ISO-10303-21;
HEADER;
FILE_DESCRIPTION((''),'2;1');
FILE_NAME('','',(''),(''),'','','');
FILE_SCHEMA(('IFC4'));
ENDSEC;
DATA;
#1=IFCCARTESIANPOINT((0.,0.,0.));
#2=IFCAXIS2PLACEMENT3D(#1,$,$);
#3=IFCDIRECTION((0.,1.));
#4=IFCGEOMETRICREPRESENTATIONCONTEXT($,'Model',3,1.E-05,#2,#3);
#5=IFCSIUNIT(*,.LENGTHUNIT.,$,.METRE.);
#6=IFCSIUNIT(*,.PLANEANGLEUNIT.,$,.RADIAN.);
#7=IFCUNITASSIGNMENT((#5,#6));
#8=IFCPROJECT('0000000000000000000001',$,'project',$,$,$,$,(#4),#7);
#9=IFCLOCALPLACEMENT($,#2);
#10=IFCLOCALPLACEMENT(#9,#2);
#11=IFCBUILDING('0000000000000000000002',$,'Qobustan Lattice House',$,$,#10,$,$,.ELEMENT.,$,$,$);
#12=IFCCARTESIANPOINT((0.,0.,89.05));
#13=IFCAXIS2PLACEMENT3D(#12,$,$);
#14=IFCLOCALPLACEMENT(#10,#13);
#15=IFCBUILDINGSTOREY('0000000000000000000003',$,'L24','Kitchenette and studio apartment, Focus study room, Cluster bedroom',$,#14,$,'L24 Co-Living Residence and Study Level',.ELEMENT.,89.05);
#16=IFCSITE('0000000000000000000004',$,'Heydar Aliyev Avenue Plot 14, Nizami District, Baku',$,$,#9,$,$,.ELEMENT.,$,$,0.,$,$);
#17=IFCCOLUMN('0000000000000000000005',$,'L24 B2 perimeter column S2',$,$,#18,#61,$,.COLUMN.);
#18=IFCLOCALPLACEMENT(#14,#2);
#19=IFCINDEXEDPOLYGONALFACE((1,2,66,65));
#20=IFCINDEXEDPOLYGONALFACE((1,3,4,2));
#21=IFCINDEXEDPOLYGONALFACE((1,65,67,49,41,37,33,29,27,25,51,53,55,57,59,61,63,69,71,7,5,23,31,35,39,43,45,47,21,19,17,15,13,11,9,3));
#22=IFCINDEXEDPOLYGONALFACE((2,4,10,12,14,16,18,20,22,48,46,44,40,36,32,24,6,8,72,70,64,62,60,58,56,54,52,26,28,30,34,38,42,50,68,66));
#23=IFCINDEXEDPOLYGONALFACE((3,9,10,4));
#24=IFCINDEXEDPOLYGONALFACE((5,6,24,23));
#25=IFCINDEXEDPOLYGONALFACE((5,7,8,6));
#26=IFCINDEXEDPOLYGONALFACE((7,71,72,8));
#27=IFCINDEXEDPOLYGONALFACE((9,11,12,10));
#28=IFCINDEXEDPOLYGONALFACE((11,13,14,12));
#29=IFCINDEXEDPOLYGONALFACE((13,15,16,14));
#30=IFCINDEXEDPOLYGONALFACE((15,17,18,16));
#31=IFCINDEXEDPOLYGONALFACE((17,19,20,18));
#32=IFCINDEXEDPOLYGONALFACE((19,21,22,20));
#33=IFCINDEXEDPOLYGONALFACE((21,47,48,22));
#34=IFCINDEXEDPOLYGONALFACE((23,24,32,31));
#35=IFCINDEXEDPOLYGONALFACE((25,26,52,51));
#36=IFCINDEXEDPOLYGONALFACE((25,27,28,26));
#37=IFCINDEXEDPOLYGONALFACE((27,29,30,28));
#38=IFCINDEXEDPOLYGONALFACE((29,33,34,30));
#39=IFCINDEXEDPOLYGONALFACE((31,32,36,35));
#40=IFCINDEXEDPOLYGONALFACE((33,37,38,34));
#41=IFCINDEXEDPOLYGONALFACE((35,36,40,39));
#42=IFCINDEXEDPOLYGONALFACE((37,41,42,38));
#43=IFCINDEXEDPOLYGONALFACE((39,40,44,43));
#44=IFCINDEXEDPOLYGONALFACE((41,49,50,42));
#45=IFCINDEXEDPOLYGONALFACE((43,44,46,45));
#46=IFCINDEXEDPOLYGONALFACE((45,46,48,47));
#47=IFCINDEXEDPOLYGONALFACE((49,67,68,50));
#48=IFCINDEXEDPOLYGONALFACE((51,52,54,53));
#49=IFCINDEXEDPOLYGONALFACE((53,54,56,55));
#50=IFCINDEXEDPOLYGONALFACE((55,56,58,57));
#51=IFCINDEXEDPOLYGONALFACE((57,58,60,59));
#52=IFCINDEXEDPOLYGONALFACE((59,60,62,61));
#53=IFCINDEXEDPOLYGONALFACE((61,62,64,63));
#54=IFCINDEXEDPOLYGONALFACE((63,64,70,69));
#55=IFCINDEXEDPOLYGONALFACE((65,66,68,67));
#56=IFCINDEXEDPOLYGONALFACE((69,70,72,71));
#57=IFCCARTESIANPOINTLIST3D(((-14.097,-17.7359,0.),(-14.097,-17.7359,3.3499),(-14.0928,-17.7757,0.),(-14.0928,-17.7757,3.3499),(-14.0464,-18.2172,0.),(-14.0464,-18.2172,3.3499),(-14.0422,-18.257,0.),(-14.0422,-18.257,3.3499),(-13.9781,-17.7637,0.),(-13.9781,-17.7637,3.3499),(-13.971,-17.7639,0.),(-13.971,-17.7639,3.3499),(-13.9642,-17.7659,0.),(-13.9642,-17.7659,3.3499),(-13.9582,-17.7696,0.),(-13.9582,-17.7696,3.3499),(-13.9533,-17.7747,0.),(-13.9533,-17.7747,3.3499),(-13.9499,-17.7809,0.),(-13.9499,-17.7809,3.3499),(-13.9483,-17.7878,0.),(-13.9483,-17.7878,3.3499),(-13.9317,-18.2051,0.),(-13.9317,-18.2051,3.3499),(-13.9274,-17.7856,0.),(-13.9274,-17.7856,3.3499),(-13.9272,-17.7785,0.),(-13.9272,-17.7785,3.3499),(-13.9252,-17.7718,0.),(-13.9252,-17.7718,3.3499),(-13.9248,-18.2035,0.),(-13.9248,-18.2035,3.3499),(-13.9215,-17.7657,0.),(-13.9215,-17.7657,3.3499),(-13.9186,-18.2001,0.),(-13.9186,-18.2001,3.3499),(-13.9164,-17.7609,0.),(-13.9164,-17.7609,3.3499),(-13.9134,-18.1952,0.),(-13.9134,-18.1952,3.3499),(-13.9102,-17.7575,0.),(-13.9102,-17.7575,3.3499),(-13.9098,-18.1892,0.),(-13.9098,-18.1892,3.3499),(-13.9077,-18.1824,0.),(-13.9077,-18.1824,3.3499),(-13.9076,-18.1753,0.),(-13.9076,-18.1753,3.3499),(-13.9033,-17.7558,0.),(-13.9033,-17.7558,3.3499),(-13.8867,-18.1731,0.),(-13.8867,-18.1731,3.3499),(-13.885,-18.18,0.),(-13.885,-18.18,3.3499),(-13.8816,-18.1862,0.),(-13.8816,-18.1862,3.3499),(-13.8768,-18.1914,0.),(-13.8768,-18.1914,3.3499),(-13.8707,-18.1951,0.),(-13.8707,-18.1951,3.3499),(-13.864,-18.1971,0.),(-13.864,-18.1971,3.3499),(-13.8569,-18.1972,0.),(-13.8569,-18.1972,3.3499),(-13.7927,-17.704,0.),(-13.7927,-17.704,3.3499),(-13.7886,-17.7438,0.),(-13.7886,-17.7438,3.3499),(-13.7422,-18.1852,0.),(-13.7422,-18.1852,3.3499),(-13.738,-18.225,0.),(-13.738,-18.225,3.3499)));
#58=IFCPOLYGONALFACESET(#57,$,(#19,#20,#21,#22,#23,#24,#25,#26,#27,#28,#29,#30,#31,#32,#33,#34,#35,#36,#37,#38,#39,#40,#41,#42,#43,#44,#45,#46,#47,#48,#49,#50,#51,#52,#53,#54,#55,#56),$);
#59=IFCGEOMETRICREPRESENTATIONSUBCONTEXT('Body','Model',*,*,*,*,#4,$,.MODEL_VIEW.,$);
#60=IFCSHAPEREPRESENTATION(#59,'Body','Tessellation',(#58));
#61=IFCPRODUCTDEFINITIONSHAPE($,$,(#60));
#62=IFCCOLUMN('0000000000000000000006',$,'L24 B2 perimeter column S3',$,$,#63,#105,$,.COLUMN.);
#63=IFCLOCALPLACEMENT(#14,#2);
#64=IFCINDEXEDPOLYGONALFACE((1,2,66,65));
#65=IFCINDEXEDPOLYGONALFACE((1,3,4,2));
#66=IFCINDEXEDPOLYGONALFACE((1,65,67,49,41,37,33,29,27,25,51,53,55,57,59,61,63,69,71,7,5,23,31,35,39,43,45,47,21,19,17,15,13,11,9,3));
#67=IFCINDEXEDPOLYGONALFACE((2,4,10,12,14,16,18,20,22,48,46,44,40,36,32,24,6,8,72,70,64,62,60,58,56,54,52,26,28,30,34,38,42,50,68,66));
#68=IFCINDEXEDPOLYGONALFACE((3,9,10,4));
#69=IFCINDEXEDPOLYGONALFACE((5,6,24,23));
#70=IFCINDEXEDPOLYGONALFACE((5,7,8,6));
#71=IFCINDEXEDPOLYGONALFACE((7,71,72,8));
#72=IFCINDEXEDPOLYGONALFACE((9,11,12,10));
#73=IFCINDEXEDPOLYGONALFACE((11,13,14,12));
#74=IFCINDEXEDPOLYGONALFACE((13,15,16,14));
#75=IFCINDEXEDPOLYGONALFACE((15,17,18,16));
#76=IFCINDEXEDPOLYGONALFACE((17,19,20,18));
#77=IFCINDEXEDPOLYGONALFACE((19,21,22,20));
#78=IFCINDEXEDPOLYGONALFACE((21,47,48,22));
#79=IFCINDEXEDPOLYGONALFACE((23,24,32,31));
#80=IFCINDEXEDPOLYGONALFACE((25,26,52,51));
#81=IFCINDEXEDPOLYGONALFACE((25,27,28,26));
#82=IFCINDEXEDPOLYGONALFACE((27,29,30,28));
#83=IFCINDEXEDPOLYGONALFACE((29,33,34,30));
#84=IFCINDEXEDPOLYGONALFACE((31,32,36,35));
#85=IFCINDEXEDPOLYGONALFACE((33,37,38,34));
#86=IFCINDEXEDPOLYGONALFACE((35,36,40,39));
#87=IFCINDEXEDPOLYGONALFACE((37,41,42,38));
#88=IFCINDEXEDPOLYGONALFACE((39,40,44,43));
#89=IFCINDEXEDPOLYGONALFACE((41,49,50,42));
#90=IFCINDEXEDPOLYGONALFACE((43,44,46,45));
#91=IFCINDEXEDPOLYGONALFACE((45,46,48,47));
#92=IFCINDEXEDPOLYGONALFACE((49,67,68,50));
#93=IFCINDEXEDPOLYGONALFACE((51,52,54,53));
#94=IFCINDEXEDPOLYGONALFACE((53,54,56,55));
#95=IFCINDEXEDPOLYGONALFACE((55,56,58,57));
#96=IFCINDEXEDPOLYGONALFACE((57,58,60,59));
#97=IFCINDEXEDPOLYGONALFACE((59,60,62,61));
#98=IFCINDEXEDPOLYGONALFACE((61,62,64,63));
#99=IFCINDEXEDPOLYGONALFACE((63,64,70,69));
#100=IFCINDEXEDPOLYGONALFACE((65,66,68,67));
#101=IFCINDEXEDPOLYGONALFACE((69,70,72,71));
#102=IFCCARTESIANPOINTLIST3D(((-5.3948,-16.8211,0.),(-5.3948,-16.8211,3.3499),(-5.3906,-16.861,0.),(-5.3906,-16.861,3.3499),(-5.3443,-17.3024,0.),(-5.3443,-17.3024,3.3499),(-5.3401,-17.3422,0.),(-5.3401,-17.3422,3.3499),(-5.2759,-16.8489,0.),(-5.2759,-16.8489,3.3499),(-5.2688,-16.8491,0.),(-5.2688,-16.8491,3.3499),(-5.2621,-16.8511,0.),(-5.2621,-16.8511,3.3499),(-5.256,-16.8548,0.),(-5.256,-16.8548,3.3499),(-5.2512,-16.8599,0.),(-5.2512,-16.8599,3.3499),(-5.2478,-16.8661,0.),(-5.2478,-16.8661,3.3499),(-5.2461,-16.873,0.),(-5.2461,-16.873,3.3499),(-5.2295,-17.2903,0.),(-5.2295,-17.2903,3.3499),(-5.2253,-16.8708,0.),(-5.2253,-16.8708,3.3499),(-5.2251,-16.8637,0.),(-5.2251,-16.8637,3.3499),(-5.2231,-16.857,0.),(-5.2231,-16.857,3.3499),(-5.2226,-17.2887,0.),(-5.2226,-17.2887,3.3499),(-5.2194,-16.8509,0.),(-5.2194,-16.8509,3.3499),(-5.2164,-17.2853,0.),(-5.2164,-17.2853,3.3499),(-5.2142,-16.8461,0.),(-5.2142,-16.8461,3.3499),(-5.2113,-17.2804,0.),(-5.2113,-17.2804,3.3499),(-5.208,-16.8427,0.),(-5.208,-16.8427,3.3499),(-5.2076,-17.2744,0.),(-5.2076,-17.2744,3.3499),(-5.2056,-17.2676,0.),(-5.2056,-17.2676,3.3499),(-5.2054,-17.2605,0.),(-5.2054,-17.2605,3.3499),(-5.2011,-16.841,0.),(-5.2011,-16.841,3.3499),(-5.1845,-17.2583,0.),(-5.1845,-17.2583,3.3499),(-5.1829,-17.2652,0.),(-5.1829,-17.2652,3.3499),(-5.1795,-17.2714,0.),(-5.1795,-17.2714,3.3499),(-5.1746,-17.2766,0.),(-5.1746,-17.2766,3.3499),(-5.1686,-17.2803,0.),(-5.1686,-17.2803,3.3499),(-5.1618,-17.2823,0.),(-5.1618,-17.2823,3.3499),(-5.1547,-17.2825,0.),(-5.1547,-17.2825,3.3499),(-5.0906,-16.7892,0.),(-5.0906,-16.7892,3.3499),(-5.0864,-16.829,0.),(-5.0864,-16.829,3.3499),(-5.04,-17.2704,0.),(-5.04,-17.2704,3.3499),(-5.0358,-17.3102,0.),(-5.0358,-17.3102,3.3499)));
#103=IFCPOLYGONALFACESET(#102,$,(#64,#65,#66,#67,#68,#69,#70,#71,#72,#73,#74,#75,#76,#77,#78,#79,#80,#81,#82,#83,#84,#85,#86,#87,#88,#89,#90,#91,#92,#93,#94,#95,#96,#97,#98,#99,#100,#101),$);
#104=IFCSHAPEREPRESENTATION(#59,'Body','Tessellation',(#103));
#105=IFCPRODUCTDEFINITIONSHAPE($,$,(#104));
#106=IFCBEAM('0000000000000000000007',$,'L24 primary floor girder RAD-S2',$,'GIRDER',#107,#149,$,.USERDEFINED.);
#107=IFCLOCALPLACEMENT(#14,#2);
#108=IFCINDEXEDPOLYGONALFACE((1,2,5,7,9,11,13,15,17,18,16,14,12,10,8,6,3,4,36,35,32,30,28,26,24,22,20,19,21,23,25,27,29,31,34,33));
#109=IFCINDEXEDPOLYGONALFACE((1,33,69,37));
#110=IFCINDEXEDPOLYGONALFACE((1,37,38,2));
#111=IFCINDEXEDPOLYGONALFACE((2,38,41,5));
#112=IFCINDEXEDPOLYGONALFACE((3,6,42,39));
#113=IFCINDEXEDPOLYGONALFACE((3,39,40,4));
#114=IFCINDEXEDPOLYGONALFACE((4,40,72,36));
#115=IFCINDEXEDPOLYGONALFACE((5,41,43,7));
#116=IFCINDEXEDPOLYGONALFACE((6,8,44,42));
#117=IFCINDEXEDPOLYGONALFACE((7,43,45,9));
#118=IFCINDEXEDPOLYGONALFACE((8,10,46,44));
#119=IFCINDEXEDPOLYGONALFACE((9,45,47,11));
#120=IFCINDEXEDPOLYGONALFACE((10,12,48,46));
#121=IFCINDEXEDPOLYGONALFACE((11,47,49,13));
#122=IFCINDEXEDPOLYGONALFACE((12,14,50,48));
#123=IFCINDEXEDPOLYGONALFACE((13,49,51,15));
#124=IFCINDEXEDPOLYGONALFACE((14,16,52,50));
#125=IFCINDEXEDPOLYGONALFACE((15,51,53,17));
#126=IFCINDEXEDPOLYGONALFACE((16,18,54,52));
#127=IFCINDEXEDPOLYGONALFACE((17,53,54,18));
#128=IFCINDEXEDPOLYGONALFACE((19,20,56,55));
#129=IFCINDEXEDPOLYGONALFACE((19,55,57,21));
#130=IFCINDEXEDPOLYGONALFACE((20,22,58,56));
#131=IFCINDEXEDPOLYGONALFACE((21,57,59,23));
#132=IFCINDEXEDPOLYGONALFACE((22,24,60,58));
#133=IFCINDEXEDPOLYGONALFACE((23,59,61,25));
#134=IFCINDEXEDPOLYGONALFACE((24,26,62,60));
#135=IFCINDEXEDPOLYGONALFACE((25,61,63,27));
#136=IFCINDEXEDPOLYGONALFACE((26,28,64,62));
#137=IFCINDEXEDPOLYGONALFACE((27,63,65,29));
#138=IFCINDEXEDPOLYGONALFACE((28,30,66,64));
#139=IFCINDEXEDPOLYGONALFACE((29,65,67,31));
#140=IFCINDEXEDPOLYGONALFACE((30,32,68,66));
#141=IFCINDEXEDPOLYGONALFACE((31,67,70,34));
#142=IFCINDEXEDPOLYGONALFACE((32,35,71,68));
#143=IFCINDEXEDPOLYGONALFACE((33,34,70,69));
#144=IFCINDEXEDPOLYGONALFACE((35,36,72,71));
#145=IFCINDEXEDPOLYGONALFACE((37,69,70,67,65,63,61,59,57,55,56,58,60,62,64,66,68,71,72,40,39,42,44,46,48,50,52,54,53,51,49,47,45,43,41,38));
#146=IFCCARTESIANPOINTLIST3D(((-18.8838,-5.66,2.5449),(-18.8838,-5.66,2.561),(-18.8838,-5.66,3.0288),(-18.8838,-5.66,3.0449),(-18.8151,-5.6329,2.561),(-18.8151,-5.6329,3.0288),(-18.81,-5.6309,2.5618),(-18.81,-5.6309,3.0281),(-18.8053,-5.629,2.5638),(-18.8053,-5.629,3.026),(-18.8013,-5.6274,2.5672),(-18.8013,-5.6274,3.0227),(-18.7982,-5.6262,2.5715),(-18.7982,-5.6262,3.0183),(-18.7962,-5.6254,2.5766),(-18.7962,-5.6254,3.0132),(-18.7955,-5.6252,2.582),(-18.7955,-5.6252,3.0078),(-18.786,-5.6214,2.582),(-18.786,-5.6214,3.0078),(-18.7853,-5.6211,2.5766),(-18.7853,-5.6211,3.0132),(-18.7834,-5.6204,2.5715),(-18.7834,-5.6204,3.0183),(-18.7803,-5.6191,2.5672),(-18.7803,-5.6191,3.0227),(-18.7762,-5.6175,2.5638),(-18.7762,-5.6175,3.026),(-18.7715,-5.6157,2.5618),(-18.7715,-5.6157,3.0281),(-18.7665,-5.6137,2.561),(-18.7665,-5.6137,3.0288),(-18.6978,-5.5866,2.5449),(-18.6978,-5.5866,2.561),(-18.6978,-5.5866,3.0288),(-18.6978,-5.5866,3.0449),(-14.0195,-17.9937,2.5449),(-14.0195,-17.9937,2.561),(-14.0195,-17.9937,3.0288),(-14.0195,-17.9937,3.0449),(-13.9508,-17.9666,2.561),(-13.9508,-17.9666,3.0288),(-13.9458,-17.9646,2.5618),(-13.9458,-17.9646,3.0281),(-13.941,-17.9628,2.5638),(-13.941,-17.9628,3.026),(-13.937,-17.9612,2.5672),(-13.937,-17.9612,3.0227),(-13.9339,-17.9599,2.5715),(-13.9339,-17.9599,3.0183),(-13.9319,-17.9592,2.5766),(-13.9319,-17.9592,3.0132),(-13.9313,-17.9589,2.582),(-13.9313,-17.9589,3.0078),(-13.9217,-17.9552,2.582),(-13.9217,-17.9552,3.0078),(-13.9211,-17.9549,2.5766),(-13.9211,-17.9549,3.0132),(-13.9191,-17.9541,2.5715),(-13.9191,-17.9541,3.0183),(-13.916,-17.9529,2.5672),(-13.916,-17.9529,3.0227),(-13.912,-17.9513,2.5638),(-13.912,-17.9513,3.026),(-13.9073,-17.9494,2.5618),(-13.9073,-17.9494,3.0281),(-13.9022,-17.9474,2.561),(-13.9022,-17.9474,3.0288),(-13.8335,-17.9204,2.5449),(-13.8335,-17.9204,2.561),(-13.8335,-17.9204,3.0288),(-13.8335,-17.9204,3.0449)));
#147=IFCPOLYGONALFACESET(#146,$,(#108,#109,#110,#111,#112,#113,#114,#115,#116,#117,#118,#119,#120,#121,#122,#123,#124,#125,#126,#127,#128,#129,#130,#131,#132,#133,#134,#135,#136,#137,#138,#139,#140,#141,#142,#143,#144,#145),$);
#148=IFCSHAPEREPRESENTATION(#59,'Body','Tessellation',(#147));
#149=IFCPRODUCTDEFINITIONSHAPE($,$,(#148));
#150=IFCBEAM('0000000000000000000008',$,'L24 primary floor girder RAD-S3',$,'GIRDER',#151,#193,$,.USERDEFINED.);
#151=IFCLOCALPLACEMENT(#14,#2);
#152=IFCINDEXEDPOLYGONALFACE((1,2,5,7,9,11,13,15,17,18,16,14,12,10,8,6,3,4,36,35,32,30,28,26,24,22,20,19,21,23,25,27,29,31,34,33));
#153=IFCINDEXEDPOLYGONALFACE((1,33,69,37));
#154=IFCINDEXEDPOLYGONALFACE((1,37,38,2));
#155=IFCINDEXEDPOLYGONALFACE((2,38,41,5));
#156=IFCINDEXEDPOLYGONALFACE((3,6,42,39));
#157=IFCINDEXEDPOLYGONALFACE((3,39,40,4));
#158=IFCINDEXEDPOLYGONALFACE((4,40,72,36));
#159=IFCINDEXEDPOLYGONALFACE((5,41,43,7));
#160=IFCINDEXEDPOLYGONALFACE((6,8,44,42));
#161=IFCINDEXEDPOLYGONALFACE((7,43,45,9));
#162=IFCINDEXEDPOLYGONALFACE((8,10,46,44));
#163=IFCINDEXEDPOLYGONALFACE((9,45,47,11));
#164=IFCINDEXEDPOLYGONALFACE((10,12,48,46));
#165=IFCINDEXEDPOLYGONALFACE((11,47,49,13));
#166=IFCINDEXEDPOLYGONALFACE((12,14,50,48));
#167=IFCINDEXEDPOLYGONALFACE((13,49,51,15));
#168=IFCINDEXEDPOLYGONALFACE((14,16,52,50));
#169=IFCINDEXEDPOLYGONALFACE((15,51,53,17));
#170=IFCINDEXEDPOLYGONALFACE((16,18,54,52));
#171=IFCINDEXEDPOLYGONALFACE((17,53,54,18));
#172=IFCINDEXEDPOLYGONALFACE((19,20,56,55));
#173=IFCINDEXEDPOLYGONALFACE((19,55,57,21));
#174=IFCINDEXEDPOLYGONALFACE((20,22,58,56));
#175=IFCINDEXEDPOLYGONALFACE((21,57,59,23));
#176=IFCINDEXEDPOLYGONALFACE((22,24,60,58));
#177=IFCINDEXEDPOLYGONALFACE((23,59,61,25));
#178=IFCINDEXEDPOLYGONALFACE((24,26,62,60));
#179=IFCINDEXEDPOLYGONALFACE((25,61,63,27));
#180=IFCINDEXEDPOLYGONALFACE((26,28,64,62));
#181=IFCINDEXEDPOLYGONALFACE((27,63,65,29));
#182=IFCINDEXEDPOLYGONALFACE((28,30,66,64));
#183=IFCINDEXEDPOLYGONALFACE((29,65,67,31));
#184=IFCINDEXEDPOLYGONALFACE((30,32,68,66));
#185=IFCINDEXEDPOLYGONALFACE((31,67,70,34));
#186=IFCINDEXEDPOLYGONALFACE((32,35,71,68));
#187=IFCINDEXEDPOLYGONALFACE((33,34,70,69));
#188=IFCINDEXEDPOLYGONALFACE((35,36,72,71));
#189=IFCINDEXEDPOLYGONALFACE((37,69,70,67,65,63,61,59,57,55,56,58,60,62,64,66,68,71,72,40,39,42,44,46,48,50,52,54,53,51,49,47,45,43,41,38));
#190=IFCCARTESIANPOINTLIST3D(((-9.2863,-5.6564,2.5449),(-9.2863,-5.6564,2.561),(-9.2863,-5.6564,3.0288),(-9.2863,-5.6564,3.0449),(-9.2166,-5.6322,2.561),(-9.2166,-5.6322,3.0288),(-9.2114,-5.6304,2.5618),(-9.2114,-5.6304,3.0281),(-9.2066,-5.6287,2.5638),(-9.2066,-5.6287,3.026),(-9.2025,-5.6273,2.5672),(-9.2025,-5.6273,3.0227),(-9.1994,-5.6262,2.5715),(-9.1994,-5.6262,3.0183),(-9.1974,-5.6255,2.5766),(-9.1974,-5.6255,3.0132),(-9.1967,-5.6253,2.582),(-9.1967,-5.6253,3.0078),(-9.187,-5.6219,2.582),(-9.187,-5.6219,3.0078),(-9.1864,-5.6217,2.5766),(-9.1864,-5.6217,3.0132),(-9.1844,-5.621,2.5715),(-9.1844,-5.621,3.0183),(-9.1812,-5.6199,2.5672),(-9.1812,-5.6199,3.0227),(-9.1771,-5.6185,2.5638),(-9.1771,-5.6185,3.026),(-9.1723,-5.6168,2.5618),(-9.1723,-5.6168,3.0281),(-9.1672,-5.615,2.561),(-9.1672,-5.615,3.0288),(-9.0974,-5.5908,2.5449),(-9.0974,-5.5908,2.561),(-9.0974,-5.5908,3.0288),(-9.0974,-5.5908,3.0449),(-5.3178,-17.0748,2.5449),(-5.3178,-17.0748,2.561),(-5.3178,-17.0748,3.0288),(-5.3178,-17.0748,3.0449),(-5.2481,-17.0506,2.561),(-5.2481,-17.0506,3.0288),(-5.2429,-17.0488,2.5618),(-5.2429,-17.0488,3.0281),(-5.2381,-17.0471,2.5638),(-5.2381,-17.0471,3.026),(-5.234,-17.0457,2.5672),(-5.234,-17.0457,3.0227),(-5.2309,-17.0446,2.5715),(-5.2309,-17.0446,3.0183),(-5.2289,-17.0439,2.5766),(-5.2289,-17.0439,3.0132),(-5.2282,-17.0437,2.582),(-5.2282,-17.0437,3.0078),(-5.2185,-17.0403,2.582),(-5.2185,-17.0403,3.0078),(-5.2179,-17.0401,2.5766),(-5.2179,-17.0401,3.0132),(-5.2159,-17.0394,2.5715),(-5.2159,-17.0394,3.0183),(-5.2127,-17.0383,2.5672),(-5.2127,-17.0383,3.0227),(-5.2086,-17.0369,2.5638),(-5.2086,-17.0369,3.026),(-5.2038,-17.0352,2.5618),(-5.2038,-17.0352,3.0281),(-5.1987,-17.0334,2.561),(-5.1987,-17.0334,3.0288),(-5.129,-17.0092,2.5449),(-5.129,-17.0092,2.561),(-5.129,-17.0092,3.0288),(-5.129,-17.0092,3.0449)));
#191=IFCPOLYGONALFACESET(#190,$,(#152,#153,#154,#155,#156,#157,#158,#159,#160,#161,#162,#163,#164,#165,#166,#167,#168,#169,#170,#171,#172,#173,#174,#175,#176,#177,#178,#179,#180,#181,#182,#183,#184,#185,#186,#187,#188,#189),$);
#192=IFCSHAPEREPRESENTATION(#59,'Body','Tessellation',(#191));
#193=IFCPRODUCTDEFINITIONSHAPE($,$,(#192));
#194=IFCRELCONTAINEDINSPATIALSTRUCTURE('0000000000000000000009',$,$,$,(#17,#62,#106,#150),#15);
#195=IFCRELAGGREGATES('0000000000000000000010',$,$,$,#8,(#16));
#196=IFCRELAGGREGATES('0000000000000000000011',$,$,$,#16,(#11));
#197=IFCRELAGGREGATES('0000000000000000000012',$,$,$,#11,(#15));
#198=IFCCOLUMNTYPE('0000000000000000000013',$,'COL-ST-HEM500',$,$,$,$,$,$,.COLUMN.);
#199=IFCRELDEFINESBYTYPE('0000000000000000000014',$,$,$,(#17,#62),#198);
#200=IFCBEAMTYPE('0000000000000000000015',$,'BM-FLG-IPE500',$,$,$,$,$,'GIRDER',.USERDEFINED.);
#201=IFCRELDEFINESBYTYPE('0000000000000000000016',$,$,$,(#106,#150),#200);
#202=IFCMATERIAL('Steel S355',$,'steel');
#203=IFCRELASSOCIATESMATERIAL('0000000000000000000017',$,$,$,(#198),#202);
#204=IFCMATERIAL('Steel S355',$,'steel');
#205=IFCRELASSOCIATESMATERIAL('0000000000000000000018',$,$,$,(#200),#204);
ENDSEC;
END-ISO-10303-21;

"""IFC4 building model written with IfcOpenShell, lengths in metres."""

from ifc_helpers import new_model, si_unit, direction, frame, origin, origin_2d, place, context, subcontext, project, spatial, i_section, extrude, material, material_profile, profile_set, type_object, element, save


model = new_model("IFC4")

# Units and contexts
model_context = context("Model", 3, precision=1e-05, world=origin(), true_north=direction((0.0, 1.0)))
body_context = subcontext(model_context, "Body", "Model", "MODEL_VIEW")
ifc_project = project(units=[si_unit("LENGTHUNIT", "METRE"), si_unit("PLANEANGLEUNIT", "RADIAN")], contexts=[model_context])

# Site, building, storey
site_placement = place(None, origin())
site = spatial("IfcSite", under=ifc_project, at=site_placement, Name="Heydar Aliyev Avenue Plot 14, Nizami District, Baku", CompositionType="ELEMENT", RefElevation=0.0)
building_placement = place(site_placement, origin())
building = spatial("IfcBuilding", under=site, at=building_placement, Name="Qobustan Lattice House", CompositionType="ELEMENT")
storey_placement = place(building_placement, frame((0.0, 0.0, 89.05)))
storey = spatial("IfcBuildingStorey", under=building, at=storey_placement, Name="L24", Description="Kitchenette and studio apartment, Focus study room, Cluster bedroom", LongName="L24 Co-Living Residence and Study Level", CompositionType="ELEMENT", Elevation=89.05)

# Columns
ifc_material_1 = material(Name="Steel S355", Category="steel")
ifc_material_profile_1 = material_profile(ifc_material_1, i_section(OverallWidth=0.3059, OverallDepth=0.5239, WebThickness=0.021, FlangeThickness=0.04, FilletRadius=0.0271, at=origin_2d()), Name="HEM500")
ifc_profile_set_1 = profile_set([ifc_material_profile_1], Name="Steel S355")
column_type = type_object("IfcColumnType", Name="COL-ST-HEM500", PredefinedType="COLUMN", material=ifc_profile_set_1)
for number, where, z_axis, x_axis, name in (
    (1, (-13.9175, -17.9805, 0.0), (0.0, 0.0, 1.0), (0.994522, 0.104528, 0.0), "L24 B2 perimeter column S2"),
    (2, (-5.2153, -17.0657, 0.0), (0.0, 0.0, 1.0), (0.994522, 0.104528, 0.0), "L24 B2 perimeter column S3"),
):
    element("IfcColumn", number, at=place(storey_placement, frame(where, z_axis=z_axis, x_axis=x_axis)), inside=storey, type_object=column_type, Name=name, PredefinedType="COLUMN", context=body_context, shape_type="SweptSolid", body=[
        extrude(i_section(OverallWidth=0.3059, OverallDepth=0.5239, WebThickness=0.021, FlangeThickness=0.04, FilletRadius=0.0271, at=origin_2d()), origin(), (0.0, 0.0, 1.0), 3.3499),
    ])

# Beams
ifc_material_2 = material(Name="Steel S355", Category="steel")
ifc_material_profile_2 = material_profile(ifc_material_2, i_section(OverallWidth=0.2, OverallDepth=0.5, WebThickness=0.0103, FlangeThickness=0.0161, FilletRadius=0.021, at=origin_2d()), Name="IPE500")
ifc_profile_set_2 = profile_set([ifc_material_profile_2], Name="Steel S355")
beam_type_1 = type_object("IfcBeamType", Name="BM-FLG-IPE500", ElementType="GIRDER", PredefinedType="USERDEFINED", material=ifc_profile_set_2)
beam_1_placement = place(storey_placement, frame((-13.9265, -17.957, 2.7949), z_axis=(-0.366884, 0.930267, 0.0), x_axis=(-0.930267, -0.366884, 0.0)))
element("IfcBeam", 3, at=beam_1_placement, inside=storey, type_object=beam_type_1, Name="L24 primary floor girder RAD-S2", ObjectType="GIRDER", PredefinedType="USERDEFINED", context=body_context, shape_type="SweptSolid", body=[
    extrude(i_section(OverallWidth=0.2, OverallDepth=0.5, WebThickness=0.0103, FlangeThickness=0.0161, FilletRadius=0.021, at=origin_2d()), origin(), (0.0, 0.0, 1.0), 13.2583),
])
beam_2_placement = place(storey_placement, frame((-5.2234, -17.042, 2.7949), z_axis=(-0.32829, 0.944577, 0.0), x_axis=(-0.944577, -0.32829, 0.0)))
element("IfcBeam", 4, at=beam_2_placement, inside=storey, type_object=beam_type_1, Name="L24 primary floor girder RAD-S3", ObjectType="GIRDER", PredefinedType="USERDEFINED", context=body_context, shape_type="SweptSolid", body=[
    extrude(i_section(OverallWidth=0.2, OverallDepth=0.5, WebThickness=0.0103, FlangeThickness=0.0161, FilletRadius=0.021, at=origin_2d()), origin(), (0.0, 0.0, 1.0), 12.0884),
])

save(model, "model.ifc")
